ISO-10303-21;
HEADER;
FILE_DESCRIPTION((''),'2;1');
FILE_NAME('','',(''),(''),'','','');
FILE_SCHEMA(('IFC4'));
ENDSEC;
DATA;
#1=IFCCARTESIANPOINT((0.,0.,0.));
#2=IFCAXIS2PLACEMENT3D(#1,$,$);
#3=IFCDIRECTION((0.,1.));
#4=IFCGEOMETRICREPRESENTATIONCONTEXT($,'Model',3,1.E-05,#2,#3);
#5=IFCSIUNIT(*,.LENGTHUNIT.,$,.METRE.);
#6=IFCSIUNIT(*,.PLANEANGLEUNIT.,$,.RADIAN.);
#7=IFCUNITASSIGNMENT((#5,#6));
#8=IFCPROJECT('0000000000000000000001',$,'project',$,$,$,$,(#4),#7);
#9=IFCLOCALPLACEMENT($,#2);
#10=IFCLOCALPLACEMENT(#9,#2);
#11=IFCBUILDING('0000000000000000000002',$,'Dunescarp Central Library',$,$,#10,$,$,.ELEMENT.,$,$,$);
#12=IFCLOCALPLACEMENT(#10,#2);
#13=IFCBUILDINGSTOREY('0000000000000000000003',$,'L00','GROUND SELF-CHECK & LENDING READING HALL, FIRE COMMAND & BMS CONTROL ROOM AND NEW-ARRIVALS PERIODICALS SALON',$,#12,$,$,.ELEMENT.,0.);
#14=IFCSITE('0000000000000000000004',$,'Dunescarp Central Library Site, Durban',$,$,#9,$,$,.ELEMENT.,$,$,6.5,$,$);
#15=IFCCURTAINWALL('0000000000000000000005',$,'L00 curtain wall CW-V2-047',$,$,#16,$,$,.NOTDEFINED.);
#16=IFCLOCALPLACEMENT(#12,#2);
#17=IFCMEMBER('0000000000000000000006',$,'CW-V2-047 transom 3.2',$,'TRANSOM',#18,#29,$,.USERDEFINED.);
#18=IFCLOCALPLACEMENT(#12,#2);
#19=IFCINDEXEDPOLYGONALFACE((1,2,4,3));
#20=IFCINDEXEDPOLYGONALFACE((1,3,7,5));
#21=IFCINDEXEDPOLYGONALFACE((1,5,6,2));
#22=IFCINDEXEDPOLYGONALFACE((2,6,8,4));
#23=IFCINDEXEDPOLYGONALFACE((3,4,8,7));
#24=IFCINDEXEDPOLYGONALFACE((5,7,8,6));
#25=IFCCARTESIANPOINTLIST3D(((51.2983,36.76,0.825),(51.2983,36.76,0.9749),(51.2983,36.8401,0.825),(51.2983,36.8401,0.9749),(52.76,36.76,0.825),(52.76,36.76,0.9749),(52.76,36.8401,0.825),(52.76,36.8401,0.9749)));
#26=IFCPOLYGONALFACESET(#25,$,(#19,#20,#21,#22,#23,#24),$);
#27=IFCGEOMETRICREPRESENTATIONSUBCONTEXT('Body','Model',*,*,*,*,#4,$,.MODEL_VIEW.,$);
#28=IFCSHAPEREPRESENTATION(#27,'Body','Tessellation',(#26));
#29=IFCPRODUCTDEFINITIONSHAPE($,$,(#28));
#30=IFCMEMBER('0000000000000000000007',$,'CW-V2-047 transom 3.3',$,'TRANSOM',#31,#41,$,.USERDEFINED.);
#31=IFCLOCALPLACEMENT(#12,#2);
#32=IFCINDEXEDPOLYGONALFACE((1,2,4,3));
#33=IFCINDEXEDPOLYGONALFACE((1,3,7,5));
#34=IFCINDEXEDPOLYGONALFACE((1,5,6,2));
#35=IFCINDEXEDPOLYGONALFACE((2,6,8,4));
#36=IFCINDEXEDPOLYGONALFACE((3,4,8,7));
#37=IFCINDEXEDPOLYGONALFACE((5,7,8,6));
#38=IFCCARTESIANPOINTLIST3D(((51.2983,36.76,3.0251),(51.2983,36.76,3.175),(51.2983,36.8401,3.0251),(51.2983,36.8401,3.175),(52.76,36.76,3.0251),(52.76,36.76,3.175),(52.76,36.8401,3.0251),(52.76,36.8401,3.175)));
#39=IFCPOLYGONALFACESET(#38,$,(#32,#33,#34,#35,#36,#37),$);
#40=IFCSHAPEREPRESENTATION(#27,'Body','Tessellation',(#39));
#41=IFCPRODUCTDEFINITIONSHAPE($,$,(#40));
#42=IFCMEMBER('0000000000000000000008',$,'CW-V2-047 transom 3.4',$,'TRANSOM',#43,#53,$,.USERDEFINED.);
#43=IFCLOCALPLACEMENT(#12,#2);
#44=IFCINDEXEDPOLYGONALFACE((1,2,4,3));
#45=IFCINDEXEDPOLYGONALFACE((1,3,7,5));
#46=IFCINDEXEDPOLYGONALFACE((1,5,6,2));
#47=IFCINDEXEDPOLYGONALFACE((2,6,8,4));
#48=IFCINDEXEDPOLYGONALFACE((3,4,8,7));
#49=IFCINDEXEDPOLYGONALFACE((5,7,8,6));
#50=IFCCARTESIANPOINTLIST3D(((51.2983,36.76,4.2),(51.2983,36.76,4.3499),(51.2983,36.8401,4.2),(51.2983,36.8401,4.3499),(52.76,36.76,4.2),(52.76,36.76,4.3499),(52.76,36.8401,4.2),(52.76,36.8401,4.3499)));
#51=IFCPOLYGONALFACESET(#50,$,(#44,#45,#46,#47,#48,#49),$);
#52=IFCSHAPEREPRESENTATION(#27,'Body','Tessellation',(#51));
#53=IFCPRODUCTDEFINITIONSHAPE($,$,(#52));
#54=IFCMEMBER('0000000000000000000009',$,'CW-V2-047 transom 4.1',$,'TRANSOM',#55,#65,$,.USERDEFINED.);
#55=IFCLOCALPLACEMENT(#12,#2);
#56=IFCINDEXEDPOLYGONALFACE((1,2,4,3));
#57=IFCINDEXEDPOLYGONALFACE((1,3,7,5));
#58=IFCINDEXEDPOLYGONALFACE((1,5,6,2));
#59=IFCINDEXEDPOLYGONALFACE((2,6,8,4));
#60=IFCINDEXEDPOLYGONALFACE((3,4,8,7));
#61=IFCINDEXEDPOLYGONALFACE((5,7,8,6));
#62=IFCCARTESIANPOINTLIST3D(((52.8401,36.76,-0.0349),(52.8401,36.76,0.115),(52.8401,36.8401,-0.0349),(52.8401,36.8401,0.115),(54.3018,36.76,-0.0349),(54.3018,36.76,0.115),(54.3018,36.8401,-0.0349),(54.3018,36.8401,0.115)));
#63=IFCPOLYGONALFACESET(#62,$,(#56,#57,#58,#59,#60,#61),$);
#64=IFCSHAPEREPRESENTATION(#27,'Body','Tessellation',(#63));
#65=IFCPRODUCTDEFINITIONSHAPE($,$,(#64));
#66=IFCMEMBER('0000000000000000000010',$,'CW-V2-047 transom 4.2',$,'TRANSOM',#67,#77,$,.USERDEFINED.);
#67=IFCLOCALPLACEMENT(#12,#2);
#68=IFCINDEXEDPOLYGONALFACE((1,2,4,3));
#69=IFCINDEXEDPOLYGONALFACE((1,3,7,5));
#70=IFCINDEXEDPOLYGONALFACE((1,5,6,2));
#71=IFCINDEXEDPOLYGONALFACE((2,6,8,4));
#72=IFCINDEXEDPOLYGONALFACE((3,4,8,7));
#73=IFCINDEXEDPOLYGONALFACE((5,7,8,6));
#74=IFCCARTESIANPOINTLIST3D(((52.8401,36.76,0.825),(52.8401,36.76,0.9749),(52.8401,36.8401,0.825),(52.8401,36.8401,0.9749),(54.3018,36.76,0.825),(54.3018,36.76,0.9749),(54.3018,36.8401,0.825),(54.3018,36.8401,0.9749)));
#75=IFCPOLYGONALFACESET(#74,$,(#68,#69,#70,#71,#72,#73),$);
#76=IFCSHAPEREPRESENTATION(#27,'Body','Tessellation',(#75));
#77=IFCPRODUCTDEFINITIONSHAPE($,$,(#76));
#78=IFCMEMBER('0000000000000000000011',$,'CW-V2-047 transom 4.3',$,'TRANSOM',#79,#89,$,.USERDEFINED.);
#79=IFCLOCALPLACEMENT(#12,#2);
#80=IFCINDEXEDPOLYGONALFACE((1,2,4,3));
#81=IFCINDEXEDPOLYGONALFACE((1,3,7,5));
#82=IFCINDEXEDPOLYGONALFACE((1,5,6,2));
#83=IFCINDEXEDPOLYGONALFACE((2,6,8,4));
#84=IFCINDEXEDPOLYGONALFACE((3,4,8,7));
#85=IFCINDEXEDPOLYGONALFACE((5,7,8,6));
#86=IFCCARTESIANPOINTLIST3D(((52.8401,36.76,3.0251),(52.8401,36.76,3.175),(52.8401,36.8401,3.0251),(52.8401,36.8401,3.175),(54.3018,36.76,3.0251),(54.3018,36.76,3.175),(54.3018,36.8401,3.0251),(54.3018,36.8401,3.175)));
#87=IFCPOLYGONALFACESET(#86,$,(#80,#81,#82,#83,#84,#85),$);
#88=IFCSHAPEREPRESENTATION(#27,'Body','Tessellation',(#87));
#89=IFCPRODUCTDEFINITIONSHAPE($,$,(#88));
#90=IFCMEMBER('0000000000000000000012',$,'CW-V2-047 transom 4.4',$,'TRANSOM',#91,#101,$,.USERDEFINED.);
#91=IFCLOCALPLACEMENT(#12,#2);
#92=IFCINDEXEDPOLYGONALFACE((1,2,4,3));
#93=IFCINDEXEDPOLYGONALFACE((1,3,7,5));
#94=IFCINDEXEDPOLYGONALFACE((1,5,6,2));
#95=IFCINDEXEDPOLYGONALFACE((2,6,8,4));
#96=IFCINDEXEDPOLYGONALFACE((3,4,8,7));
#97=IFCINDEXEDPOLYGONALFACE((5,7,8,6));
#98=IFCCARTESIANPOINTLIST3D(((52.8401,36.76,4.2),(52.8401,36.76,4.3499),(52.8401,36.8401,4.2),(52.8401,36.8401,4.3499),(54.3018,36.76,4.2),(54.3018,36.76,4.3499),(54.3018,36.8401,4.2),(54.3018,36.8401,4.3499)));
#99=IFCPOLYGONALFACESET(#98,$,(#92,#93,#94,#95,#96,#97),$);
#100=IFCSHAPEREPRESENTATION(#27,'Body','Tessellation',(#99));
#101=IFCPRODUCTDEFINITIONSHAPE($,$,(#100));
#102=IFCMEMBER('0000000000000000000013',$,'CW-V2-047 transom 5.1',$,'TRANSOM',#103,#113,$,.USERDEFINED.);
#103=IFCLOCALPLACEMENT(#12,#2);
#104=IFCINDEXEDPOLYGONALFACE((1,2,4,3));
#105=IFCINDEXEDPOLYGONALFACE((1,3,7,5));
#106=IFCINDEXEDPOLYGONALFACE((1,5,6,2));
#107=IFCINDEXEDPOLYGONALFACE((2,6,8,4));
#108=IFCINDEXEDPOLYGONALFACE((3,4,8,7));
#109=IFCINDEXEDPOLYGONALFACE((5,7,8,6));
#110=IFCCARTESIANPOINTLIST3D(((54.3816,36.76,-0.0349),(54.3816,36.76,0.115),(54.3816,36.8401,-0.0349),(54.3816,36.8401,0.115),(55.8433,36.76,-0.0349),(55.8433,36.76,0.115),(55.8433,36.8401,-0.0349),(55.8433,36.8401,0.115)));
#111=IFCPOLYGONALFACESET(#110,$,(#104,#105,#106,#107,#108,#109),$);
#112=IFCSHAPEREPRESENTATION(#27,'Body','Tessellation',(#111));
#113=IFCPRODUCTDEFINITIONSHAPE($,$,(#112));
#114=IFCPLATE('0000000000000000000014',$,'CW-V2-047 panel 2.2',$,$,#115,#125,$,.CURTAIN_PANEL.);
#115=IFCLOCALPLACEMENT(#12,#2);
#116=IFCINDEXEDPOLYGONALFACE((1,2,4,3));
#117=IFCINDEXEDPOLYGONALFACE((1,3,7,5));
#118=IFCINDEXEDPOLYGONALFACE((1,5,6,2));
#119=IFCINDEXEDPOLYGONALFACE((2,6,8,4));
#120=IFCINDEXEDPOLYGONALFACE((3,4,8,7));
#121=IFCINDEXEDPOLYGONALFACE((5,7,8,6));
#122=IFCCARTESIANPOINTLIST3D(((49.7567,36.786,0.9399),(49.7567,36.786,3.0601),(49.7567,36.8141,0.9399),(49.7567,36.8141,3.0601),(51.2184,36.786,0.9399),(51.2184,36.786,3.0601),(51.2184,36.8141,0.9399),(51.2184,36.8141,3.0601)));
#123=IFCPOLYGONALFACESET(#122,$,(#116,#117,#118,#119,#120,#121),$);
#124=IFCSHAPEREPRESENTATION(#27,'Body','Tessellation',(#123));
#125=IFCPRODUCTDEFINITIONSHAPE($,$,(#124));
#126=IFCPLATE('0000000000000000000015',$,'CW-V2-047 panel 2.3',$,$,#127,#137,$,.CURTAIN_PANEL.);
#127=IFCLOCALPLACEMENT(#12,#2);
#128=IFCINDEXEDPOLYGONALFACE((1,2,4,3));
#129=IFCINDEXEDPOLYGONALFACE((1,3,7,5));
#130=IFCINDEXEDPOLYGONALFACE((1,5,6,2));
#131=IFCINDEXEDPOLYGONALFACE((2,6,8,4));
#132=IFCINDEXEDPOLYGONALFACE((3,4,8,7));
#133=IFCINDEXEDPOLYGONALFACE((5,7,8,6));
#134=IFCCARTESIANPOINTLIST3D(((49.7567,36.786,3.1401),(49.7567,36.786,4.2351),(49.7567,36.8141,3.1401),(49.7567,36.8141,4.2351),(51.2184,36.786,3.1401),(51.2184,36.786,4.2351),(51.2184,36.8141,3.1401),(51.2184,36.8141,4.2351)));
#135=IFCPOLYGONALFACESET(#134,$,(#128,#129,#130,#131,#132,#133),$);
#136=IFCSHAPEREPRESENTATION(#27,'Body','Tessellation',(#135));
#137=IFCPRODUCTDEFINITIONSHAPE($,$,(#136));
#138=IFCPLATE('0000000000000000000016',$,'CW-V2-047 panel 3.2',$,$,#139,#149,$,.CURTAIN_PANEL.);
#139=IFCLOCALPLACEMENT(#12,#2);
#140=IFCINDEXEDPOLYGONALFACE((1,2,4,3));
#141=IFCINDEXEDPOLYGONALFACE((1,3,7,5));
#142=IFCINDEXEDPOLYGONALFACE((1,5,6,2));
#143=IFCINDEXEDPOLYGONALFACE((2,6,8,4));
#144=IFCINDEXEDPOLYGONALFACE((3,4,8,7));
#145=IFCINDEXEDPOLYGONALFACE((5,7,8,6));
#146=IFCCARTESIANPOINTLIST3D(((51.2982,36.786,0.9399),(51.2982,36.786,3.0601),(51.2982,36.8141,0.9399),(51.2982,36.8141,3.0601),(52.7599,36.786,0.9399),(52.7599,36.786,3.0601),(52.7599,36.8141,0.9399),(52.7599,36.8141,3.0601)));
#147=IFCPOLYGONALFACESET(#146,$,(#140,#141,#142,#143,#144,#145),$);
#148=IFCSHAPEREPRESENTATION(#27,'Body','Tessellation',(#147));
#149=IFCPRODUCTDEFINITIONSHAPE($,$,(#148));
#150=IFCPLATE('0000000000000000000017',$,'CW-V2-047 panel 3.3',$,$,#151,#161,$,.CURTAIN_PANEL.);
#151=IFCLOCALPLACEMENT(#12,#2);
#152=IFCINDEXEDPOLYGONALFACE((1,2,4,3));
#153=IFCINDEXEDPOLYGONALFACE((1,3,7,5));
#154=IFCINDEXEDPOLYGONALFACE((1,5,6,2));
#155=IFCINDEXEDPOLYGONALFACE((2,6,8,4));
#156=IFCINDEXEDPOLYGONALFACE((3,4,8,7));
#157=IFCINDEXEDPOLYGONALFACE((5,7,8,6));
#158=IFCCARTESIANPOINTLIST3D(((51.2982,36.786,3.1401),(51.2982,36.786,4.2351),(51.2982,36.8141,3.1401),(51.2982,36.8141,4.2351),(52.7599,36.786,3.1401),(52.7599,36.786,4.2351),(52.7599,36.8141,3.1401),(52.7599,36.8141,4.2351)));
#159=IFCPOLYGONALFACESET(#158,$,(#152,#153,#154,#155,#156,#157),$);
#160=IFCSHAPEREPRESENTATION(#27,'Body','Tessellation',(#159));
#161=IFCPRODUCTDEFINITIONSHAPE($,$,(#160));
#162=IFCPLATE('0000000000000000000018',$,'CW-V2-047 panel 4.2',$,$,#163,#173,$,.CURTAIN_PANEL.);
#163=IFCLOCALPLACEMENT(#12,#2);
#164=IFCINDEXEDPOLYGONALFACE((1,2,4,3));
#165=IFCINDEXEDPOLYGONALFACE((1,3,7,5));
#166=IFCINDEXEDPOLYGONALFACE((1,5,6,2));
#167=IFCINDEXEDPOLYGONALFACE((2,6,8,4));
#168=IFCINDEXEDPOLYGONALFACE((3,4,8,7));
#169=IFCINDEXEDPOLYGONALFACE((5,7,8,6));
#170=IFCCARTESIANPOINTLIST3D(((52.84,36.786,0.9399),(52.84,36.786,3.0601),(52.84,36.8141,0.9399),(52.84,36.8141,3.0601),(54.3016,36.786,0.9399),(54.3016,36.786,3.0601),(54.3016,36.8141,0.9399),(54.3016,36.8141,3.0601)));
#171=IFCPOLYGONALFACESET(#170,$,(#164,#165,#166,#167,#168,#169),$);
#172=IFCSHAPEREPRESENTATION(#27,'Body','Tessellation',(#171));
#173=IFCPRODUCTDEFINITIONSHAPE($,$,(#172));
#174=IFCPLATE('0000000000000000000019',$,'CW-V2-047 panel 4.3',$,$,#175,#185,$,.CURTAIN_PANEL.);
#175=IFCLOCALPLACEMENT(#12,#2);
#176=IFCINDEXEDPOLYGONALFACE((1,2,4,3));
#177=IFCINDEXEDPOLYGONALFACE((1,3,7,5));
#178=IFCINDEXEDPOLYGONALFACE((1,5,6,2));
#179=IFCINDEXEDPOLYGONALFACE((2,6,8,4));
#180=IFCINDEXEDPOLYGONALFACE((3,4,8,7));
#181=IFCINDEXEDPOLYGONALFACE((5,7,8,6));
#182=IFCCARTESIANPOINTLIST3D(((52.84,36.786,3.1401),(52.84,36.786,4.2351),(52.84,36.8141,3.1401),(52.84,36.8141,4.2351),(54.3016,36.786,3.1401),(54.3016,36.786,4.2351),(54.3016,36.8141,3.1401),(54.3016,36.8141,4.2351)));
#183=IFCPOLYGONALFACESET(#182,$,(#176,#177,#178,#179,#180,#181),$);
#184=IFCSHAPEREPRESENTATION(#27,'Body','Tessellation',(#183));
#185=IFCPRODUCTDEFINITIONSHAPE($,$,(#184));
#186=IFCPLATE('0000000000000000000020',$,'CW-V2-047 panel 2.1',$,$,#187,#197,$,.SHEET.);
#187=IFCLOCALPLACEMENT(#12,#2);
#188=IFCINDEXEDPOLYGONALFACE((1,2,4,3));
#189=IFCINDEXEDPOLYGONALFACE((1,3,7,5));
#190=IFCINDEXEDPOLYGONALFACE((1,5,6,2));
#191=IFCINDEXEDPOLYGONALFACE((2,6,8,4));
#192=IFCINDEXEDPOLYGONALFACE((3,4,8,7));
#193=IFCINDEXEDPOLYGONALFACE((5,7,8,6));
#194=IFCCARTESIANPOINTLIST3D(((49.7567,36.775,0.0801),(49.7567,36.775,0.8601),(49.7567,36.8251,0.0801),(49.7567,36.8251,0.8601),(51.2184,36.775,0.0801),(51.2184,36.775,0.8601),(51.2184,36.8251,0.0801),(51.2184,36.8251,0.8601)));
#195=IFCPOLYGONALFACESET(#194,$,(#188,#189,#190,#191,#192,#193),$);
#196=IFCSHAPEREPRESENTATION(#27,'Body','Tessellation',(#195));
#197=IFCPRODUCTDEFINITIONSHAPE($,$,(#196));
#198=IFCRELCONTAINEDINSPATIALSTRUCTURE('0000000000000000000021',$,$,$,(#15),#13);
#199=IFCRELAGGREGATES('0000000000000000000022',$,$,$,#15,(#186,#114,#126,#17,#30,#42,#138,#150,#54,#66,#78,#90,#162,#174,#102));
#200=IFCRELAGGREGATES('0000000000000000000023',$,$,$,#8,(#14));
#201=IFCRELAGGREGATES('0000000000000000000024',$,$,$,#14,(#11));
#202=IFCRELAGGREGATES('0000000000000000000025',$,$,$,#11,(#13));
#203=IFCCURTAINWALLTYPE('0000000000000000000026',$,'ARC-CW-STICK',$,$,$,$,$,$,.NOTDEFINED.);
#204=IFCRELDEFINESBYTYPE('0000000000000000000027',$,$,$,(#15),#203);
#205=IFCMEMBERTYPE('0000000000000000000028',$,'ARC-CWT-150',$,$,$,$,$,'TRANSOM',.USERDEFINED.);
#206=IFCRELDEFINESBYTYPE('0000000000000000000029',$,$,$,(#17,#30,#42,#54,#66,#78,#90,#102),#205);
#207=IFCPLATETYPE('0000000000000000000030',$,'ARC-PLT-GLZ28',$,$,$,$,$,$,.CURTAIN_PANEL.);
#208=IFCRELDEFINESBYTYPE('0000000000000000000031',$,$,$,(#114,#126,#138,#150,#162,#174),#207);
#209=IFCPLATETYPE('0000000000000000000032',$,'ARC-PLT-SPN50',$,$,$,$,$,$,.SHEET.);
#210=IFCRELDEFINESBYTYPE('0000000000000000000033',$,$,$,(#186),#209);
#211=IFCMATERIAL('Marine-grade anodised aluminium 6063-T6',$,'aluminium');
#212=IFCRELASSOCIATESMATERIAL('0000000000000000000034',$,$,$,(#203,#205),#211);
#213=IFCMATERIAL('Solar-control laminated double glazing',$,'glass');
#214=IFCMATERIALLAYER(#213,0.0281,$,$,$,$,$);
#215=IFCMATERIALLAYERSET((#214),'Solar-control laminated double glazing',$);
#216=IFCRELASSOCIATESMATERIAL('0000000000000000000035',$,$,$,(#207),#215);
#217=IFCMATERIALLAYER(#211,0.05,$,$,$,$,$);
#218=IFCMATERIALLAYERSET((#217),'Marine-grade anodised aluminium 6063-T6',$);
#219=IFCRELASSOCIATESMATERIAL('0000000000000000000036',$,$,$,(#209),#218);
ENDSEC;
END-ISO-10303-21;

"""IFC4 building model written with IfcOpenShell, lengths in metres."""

from ifc_helpers import new_model, si_unit, direction, frame, origin, origin_2d, place, context, subcontext, project, spatial, rectangle, extrude, material, layer, layer_set, material_profile, profile_set, type_object, element, aggregate, save


model = new_model("IFC4")

# Units and contexts
model_context = context("Model", 3, precision=1e-05, world=origin(), true_north=direction((0.0, 1.0)))
body_context = subcontext(model_context, "Body", "Model", "MODEL_VIEW")
ifc_project = project(units=[si_unit("LENGTHUNIT", "METRE"), si_unit("PLANEANGLEUNIT", "RADIAN")], contexts=[model_context])

# Site, building, storey
site_placement = place(None, origin())
site = spatial("IfcSite", under=ifc_project, at=site_placement, Name="Dunescarp Central Library Site, Durban", CompositionType="ELEMENT", RefElevation=6.5)
building_placement = place(site_placement, origin())
building = spatial("IfcBuilding", under=site, at=building_placement, Name="Dunescarp Central Library", CompositionType="ELEMENT")
storey_placement = place(building_placement, origin())
storey = spatial("IfcBuildingStorey", under=building, at=storey_placement, Name="L00", Description="GROUND SELF-CHECK & LENDING READING HALL, FIRE COMMAND & BMS CONTROL ROOM AND NEW-ARRIVALS PERIODICALS SALON", CompositionType="ELEMENT", Elevation=0.0)

# Curtain wall, members, plates
ifc_material_1 = material(Name="Marine-grade anodised aluminium 6063-T6", Category="aluminium")
curtain_wall_type = type_object("IfcCurtainWallType", Name="ARC-CW-STICK", PredefinedType="NOTDEFINED", material=ifc_material_1)
curtain_wall_placement = place(storey_placement, origin())
curtain_wall = element("IfcCurtainWall", 1, at=curtain_wall_placement, inside=storey, type_object=curtain_wall_type, Name="L00 curtain wall CW-V2-047", PredefinedType="NOTDEFINED")
ifc_material_profile_1 = material_profile(ifc_material_1, rectangle(XDim=0.0801, YDim=0.1499, at=origin_2d()), Name="AL 80x150")
ifc_profile_set_1 = profile_set([ifc_material_profile_1], Name="Marine-grade anodised aluminium 6063-T6")
member_type_1 = type_object("IfcMemberType", Name="ARC-CWT-150", ElementType="TRANSOM", PredefinedType="USERDEFINED", material=ifc_profile_set_1)
member_1_placement = place(storey_placement, frame((51.2983, 36.8, 0.8999), z_axis=(1.0, 0.0, 0.0), x_axis=(0.0, 1.0, 0.0)))
member_1 = element("IfcMember", 2, at=member_1_placement, type_object=member_type_1, Name="CW-V2-047 transom 3.2", ObjectType="TRANSOM", PredefinedType="USERDEFINED", context=body_context, shape_type="SweptSolid", body=[
    extrude(rectangle(XDim=0.0801, YDim=0.1499, at=origin_2d()), origin(), (0.0, 0.0, 1.0), 1.4617),
])
member_2_placement = place(storey_placement, frame((51.2983, 36.8, 3.1001), z_axis=(1.0, 0.0, 0.0), x_axis=(0.0, 1.0, 0.0)))
member_2 = element("IfcMember", 3, at=member_2_placement, type_object=member_type_1, Name="CW-V2-047 transom 3.3", ObjectType="TRANSOM", PredefinedType="USERDEFINED", context=body_context, shape_type="SweptSolid", body=[
    extrude(rectangle(XDim=0.0801, YDim=0.1499, at=origin_2d()), origin(), (0.0, 0.0, 1.0), 1.4617),
])
member_3_placement = place(storey_placement, frame((51.2983, 36.8, 4.2749), z_axis=(1.0, 0.0, 0.0), x_axis=(0.0, 1.0, 0.0)))
member_3 = element("IfcMember", 4, at=member_3_placement, type_object=member_type_1, Name="CW-V2-047 transom 3.4", ObjectType="TRANSOM", PredefinedType="USERDEFINED", context=body_context, shape_type="SweptSolid", body=[
    extrude(rectangle(XDim=0.0801, YDim=0.1499, at=origin_2d()), origin(), (0.0, 0.0, 1.0), 1.4617),
])
member_4_placement = place(storey_placement, frame((52.8401, 36.8, 0.04), z_axis=(1.0, 0.0, 0.0), x_axis=(0.0, 1.0, 0.0)))
member_4 = element("IfcMember", 5, at=member_4_placement, type_object=member_type_1, Name="CW-V2-047 transom 4.1", ObjectType="TRANSOM", PredefinedType="USERDEFINED", context=body_context, shape_type="SweptSolid", body=[
    extrude(rectangle(XDim=0.0801, YDim=0.1499, at=origin_2d()), origin(), (0.0, 0.0, 1.0), 1.4617),
])
member_5_placement = place(storey_placement, frame((52.8401, 36.8, 0.8999), z_axis=(1.0, 0.0, 0.0), x_axis=(0.0, 1.0, 0.0)))
member_5 = element("IfcMember", 6, at=member_5_placement, type_object=member_type_1, Name="CW-V2-047 transom 4.2", ObjectType="TRANSOM", PredefinedType="USERDEFINED", context=body_context, shape_type="SweptSolid", body=[
    extrude(rectangle(XDim=0.0801, YDim=0.1499, at=origin_2d()), origin(), (0.0, 0.0, 1.0), 1.4617),
])
member_6_placement = place(storey_placement, frame((52.8401, 36.8, 3.1001), z_axis=(1.0, 0.0, 0.0), x_axis=(0.0, 1.0, 0.0)))
member_6 = element("IfcMember", 7, at=member_6_placement, type_object=member_type_1, Name="CW-V2-047 transom 4.3", ObjectType="TRANSOM", PredefinedType="USERDEFINED", context=body_context, shape_type="SweptSolid", body=[
    extrude(rectangle(XDim=0.0801, YDim=0.1499, at=origin_2d()), origin(), (0.0, 0.0, 1.0), 1.4617),
])
member_7_placement = place(storey_placement, frame((52.8401, 36.8, 4.2749), z_axis=(1.0, 0.0, 0.0), x_axis=(0.0, 1.0, 0.0)))
member_7 = element("IfcMember", 8, at=member_7_placement, type_object=member_type_1, Name="CW-V2-047 transom 4.4", ObjectType="TRANSOM", PredefinedType="USERDEFINED", context=body_context, shape_type="SweptSolid", body=[
    extrude(rectangle(XDim=0.0801, YDim=0.1499, at=origin_2d()), origin(), (0.0, 0.0, 1.0), 1.4617),
])
member_8_placement = place(storey_placement, frame((54.3816, 36.8, 0.04), z_axis=(1.0, 0.0, 0.0), x_axis=(0.0, 1.0, 0.0)))
member_8 = element("IfcMember", 9, at=member_8_placement, type_object=member_type_1, Name="CW-V2-047 transom 5.1", ObjectType="TRANSOM", PredefinedType="USERDEFINED", context=body_context, shape_type="SweptSolid", body=[
    extrude(rectangle(XDim=0.0801, YDim=0.1499, at=origin_2d()), origin(), (0.0, 0.0, 1.0), 1.4617),
])
ifc_material_2 = material(Name="Solar-control laminated double glazing", Category="glass")
ifc_layer_1 = layer(ifc_material_2, 0.0281)
ifc_layer_set_1 = layer_set([ifc_layer_1], Name="Solar-control laminated double glazing")
plate_type_1 = type_object("IfcPlateType", Name="ARC-PLT-GLZ28", PredefinedType="CURTAIN_PANEL", material=ifc_layer_set_1)
plate_1_placement = place(storey_placement, frame((50.4875, 36.8, 0.9399), z_axis=(0.0, 0.0, 1.0), x_axis=(1.0, 0.0, 0.0)))
plate_1 = element("IfcPlate", 10, at=plate_1_placement, type_object=plate_type_1, Name="CW-V2-047 panel 2.2", PredefinedType="CURTAIN_PANEL", context=body_context, shape_type="SweptSolid", body=[
    extrude(rectangle(XDim=1.4617, YDim=0.0281, at=origin_2d()), origin(), (0.0, 0.0, 1.0), 2.1201),
])
plate_2_placement = place(storey_placement, frame((50.4875, 36.8, 3.1401), z_axis=(0.0, 0.0, 1.0), x_axis=(1.0, 0.0, 0.0)))
plate_2 = element("IfcPlate", 11, at=plate_2_placement, type_object=plate_type_1, Name="CW-V2-047 panel 2.3", PredefinedType="CURTAIN_PANEL", context=body_context, shape_type="SweptSolid", body=[
    extrude(rectangle(XDim=1.4617, YDim=0.0281, at=origin_2d()), origin(), (0.0, 0.0, 1.0), 1.095),
])
plate_3_placement = place(storey_placement, frame((52.0291, 36.8, 0.9399), z_axis=(0.0, 0.0, 1.0), x_axis=(1.0, 0.0, 0.0)))
plate_3 = element("IfcPlate", 12, at=plate_3_placement, type_object=plate_type_1, Name="CW-V2-047 panel 3.2", PredefinedType="CURTAIN_PANEL", context=body_context, shape_type="SweptSolid", body=[
    extrude(rectangle(XDim=1.4617, YDim=0.0281, at=origin_2d()), origin(), (0.0, 0.0, 1.0), 2.1201),
])
plate_4_placement = place(storey_placement, frame((52.0291, 36.8, 3.1401), z_axis=(0.0, 0.0, 1.0), x_axis=(1.0, 0.0, 0.0)))
plate_4 = element("IfcPlate", 13, at=plate_4_placement, type_object=plate_type_1, Name="CW-V2-047 panel 3.3", PredefinedType="CURTAIN_PANEL", context=body_context, shape_type="SweptSolid", body=[
    extrude(rectangle(XDim=1.4617, YDim=0.0281, at=origin_2d()), origin(), (0.0, 0.0, 1.0), 1.095),
])
plate_5_placement = place(storey_placement, frame((53.5708, 36.8, 0.9399), z_axis=(0.0, 0.0, 1.0), x_axis=(1.0, 0.0, 0.0)))
plate_5 = element("IfcPlate", 14, at=plate_5_placement, type_object=plate_type_1, Name="CW-V2-047 panel 4.2", PredefinedType="CURTAIN_PANEL", context=body_context, shape_type="SweptSolid", body=[
    extrude(rectangle(XDim=1.4617, YDim=0.0281, at=origin_2d()), origin(), (0.0, 0.0, 1.0), 2.1201),
])
plate_6_placement = place(storey_placement, frame((53.5708, 36.8, 3.1401), z_axis=(0.0, 0.0, 1.0), x_axis=(1.0, 0.0, 0.0)))
plate_6 = element("IfcPlate", 15, at=plate_6_placement, type_object=plate_type_1, Name="CW-V2-047 panel 4.3", PredefinedType="CURTAIN_PANEL", context=body_context, shape_type="SweptSolid", body=[
    extrude(rectangle(XDim=1.4617, YDim=0.0281, at=origin_2d()), origin(), (0.0, 0.0, 1.0), 1.095),
])
ifc_layer_2 = layer(ifc_material_1, 0.05)
ifc_layer_set_2 = layer_set([ifc_layer_2], Name="Marine-grade anodised aluminium 6063-T6")
plate_type_2 = type_object("IfcPlateType", Name="ARC-PLT-SPN50", PredefinedType="SHEET", material=ifc_layer_set_2)
plate_7_placement = place(storey_placement, frame((50.4875, 36.8, 0.0801), z_axis=(0.0, 0.0, 1.0), x_axis=(1.0, 0.0, 0.0)))
plate_7 = element("IfcPlate", 16, at=plate_7_placement, type_object=plate_type_2, Name="CW-V2-047 panel 2.1", PredefinedType="SHEET", context=body_context, shape_type="SweptSolid", body=[
    extrude(rectangle(XDim=1.4617, YDim=0.05, at=origin_2d()), origin(), (0.0, 0.0, 1.0), 0.78),
])
aggregate(curtain_wall, [plate_7, plate_1, plate_2, member_1, member_2, member_3, plate_3, plate_4, member_4, member_5, member_6, member_7, plate_5, plate_6, member_8])

save(model, "model.ifc")
